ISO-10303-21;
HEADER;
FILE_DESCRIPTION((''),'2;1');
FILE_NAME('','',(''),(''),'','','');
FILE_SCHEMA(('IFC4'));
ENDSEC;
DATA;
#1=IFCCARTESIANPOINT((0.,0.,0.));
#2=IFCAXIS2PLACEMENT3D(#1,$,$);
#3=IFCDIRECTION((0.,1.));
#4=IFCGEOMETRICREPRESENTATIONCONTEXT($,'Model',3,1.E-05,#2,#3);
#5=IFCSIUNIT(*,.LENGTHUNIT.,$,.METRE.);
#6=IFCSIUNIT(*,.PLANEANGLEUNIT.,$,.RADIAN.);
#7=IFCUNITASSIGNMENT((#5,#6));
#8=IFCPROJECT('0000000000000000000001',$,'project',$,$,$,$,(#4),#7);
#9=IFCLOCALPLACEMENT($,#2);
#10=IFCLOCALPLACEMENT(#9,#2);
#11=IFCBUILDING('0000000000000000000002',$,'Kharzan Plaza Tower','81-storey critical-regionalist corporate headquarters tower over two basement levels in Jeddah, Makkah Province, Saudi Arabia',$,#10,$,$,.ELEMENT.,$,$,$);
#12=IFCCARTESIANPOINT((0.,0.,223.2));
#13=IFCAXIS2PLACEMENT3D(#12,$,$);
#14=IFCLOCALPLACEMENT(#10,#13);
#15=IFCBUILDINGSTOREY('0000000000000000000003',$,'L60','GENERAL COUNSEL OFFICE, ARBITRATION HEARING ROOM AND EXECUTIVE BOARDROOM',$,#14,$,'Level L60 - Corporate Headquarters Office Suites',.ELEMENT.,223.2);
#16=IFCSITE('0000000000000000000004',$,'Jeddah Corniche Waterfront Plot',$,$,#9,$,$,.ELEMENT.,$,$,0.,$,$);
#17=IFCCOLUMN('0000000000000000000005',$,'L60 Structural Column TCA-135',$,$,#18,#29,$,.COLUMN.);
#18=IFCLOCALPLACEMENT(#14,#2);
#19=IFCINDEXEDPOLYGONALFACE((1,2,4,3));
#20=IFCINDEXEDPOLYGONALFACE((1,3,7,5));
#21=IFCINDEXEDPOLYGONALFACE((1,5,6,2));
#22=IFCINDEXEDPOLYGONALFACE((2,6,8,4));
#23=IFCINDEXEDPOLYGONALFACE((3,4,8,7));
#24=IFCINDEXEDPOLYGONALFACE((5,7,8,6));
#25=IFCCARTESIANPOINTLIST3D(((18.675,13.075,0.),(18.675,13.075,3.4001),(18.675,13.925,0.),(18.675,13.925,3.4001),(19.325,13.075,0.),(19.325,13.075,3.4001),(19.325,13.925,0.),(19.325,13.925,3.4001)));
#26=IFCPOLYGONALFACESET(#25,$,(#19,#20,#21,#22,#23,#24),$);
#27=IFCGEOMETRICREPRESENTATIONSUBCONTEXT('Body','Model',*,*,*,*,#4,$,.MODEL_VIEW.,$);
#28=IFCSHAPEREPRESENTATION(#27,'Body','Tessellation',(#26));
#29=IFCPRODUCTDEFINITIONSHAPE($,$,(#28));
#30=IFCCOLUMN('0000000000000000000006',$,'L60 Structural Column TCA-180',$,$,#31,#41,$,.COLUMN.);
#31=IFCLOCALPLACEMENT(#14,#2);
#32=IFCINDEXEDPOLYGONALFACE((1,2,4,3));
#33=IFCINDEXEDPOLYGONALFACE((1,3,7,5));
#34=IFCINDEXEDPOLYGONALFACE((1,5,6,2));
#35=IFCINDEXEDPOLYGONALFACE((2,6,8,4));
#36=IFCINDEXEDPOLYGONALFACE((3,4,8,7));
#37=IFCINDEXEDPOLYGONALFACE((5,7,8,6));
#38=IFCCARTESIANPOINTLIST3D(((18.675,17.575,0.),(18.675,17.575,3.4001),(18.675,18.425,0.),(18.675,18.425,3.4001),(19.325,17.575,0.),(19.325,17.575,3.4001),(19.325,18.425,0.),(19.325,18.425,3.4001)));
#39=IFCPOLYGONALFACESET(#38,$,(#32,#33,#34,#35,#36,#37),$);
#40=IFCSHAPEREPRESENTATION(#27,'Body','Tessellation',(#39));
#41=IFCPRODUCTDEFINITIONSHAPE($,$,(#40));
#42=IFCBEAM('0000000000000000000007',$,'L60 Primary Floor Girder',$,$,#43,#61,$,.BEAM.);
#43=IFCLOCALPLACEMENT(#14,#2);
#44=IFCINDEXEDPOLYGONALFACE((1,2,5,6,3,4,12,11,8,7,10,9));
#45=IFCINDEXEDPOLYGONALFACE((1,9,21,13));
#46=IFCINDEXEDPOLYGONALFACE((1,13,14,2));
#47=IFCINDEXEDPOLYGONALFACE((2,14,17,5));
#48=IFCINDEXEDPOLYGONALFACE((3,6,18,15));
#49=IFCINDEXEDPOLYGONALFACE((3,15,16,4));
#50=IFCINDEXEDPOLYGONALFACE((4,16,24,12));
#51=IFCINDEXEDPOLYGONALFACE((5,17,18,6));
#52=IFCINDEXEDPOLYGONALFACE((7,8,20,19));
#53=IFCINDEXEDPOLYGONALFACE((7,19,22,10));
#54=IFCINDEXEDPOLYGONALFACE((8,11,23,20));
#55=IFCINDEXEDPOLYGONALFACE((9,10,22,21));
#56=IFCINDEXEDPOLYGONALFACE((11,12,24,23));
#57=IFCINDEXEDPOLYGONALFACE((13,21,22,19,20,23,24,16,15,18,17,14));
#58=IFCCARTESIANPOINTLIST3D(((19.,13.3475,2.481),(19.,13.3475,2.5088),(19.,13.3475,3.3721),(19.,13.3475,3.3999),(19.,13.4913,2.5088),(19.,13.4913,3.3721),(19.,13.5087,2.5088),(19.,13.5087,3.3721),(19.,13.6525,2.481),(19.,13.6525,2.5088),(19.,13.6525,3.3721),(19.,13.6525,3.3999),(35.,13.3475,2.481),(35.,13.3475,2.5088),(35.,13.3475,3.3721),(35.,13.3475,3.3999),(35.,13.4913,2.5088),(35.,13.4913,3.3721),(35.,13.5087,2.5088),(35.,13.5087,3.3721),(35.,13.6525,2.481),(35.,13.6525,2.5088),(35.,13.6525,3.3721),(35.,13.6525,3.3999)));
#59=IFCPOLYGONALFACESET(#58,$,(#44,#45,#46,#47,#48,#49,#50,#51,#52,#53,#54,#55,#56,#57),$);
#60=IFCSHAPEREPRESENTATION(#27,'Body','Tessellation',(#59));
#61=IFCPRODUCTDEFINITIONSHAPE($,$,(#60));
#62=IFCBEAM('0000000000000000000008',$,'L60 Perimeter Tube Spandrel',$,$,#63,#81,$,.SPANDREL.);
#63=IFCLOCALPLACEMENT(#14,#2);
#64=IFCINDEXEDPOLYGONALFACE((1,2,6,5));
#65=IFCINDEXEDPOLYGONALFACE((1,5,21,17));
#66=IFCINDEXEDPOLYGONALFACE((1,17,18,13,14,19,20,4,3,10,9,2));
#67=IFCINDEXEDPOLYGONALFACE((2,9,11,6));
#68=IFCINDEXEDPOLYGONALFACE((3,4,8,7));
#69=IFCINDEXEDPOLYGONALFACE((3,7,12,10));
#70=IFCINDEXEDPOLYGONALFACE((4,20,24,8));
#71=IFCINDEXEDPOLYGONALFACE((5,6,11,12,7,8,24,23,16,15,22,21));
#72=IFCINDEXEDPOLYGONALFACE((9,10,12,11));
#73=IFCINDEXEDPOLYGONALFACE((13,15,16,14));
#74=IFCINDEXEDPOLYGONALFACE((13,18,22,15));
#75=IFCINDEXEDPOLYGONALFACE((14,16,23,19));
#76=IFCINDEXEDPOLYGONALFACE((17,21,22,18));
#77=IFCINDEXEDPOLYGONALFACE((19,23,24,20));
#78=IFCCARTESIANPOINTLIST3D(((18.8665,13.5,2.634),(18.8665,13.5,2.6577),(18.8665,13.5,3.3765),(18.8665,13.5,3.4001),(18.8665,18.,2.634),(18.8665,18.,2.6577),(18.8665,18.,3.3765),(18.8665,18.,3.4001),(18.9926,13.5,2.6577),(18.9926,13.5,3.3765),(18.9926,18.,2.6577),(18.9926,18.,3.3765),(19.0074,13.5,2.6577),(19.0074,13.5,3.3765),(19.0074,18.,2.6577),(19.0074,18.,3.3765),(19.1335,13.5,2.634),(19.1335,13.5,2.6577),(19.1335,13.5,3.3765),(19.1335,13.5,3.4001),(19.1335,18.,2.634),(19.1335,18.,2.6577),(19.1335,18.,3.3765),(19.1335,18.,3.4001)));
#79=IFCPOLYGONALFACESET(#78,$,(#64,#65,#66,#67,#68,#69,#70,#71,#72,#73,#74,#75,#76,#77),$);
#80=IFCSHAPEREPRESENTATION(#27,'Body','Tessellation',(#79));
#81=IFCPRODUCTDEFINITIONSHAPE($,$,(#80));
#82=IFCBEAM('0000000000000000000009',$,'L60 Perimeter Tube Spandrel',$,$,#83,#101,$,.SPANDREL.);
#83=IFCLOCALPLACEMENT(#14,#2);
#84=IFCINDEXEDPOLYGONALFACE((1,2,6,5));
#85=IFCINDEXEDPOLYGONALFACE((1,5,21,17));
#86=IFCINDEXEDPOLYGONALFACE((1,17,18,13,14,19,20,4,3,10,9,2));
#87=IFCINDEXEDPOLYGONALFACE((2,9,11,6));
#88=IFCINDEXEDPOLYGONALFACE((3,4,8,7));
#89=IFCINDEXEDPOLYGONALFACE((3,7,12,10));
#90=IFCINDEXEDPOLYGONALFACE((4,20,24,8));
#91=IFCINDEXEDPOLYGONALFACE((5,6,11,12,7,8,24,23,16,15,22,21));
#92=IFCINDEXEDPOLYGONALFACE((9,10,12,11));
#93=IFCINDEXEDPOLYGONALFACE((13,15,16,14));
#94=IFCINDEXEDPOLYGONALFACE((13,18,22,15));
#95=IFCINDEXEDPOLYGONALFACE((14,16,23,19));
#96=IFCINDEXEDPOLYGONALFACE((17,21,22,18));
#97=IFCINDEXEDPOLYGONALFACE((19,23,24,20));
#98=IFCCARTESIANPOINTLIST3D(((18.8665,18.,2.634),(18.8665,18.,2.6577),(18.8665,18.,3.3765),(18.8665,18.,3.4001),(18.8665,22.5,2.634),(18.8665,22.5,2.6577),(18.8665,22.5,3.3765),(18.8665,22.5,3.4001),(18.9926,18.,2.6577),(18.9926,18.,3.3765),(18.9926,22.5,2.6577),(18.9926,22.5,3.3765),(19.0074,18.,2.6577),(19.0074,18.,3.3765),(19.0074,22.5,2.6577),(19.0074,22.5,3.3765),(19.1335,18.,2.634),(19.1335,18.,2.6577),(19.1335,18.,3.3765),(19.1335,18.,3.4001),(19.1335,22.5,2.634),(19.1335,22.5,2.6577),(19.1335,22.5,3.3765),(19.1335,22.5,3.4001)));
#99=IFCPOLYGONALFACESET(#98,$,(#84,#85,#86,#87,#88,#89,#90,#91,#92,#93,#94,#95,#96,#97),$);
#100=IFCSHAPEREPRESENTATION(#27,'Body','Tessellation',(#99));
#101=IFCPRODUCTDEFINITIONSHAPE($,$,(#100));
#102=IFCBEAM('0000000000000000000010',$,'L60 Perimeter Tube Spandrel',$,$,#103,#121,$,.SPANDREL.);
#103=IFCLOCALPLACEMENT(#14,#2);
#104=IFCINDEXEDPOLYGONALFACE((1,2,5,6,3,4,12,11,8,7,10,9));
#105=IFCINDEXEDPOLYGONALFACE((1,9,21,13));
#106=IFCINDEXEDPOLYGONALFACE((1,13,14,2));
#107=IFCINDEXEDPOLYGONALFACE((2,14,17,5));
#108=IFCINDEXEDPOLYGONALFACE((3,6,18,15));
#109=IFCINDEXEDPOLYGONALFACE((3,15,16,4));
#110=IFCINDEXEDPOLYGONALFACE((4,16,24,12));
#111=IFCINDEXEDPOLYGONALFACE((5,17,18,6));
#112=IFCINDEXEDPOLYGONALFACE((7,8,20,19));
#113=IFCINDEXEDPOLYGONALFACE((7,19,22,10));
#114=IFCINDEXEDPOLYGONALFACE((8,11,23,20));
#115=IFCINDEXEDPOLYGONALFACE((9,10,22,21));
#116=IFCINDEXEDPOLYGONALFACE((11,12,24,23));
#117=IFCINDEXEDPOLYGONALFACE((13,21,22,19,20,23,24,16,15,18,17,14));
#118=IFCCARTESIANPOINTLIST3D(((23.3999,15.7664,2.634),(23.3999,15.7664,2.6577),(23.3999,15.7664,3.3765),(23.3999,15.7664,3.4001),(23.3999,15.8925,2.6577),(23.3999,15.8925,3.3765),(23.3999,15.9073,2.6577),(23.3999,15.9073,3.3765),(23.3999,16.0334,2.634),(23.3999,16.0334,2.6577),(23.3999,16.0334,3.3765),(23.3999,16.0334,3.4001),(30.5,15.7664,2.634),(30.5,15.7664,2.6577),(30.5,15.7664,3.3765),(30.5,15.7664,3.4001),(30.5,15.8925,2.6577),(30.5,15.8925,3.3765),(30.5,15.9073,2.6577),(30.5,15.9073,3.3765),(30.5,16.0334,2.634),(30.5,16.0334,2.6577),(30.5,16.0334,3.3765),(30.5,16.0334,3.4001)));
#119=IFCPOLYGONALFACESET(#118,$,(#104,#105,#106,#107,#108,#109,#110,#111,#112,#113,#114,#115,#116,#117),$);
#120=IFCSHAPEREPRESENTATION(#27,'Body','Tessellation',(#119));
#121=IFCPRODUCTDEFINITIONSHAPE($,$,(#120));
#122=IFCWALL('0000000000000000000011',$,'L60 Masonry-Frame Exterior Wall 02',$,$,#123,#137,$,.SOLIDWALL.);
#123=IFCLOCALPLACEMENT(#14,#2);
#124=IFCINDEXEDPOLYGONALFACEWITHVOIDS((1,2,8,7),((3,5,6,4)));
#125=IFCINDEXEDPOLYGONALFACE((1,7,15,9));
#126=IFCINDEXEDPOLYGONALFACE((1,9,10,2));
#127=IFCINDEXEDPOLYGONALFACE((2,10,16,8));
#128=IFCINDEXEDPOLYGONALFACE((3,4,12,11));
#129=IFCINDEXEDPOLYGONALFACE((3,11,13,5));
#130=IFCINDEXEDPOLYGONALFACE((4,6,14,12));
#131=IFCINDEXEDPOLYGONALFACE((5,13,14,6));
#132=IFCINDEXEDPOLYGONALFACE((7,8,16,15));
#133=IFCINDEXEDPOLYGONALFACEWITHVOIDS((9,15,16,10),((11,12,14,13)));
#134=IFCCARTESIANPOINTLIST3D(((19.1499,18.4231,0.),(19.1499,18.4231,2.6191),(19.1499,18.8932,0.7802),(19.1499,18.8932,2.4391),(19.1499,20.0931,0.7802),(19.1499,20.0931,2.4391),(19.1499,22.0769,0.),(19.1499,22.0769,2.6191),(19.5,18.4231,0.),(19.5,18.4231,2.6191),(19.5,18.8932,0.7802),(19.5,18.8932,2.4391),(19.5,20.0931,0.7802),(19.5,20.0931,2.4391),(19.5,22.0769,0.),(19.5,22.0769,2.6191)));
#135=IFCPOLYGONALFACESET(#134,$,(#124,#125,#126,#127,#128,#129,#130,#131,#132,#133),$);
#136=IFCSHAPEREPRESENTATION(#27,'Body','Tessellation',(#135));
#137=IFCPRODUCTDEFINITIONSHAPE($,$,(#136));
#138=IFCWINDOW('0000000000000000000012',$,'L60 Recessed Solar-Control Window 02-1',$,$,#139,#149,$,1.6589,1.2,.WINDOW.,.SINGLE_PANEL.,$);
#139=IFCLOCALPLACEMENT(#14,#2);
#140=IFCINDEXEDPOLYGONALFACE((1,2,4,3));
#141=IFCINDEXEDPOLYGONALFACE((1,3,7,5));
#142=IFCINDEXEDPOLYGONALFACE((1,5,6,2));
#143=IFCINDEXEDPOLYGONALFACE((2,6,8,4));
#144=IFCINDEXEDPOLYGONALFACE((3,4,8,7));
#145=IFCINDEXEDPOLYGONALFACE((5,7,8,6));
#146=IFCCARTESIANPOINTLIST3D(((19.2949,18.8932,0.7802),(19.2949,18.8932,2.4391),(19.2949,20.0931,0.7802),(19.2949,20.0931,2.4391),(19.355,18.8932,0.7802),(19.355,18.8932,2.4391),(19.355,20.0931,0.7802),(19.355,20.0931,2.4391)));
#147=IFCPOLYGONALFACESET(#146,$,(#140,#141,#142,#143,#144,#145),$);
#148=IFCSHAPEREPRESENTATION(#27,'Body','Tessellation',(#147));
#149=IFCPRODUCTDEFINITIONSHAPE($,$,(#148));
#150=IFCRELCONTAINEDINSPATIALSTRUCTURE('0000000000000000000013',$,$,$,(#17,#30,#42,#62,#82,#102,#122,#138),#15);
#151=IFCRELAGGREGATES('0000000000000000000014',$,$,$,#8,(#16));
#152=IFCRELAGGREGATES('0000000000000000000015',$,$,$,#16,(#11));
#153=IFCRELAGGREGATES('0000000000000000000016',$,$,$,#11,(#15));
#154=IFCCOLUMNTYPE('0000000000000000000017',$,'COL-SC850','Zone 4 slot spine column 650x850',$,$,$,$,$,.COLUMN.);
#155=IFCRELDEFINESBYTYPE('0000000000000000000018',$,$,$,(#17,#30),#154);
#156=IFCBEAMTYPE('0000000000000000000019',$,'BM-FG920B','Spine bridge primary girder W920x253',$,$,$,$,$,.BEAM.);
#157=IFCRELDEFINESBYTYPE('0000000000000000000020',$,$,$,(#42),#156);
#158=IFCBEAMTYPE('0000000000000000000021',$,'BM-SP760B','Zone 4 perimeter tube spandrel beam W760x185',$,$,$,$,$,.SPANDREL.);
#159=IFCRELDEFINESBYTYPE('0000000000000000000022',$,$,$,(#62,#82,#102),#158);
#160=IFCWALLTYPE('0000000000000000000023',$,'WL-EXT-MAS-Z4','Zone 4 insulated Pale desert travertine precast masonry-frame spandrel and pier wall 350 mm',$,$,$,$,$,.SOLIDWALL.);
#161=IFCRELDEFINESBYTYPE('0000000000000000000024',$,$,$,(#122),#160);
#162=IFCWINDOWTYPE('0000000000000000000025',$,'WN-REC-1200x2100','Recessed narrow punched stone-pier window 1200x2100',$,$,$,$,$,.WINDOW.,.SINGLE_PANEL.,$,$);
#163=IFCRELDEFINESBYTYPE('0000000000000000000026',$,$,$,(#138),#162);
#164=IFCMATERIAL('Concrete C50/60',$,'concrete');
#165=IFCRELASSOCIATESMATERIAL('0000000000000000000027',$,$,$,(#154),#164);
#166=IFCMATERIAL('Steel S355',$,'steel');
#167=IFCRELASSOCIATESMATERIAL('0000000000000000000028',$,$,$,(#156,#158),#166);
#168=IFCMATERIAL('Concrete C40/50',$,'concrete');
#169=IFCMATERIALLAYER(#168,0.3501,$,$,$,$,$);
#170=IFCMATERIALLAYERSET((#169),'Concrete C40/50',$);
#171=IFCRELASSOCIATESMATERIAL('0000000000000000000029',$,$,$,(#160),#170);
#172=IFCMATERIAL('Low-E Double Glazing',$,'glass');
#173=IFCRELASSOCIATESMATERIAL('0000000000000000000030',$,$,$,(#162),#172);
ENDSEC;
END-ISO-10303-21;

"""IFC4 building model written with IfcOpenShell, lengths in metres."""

from ifc_helpers import new_model, si_unit, direction, frame, frame_2d, origin, origin_2d, place, context, subcontext, project, spatial, rectangle, i_section, extrude, source, transform, mapped, material, layer, layer_set, material_profile, profile_set, type_object, element, fill, save


model = new_model("IFC4")

# Units and contexts
model_context = context("Model", 3, precision=1e-05, world=origin(), true_north=direction((0.0, 1.0)))
body_context = subcontext(model_context, "Body", "Model", "MODEL_VIEW")
ifc_project = project(units=[si_unit("LENGTHUNIT", "METRE"), si_unit("PLANEANGLEUNIT", "RADIAN")], contexts=[model_context])

# Site, building, storey
site_placement = place(None, origin())
site = spatial("IfcSite", under=ifc_project, at=site_placement, Name="Jeddah Corniche Waterfront Plot", CompositionType="ELEMENT", RefElevation=0.0)
building_placement = place(site_placement, origin())
building = spatial("IfcBuilding", under=site, at=building_placement, Name="Kharzan Plaza Tower", Description="81-storey critical-regionalist corporate headquarters tower over two basement levels in Jeddah, Makkah Province, Saudi Arabia", CompositionType="ELEMENT")
storey_placement = place(building_placement, frame((0.0, 0.0, 223.2)))
storey = spatial("IfcBuildingStorey", under=building, at=storey_placement, Name="L60", Description="GENERAL COUNSEL OFFICE, ARBITRATION HEARING ROOM AND EXECUTIVE BOARDROOM", LongName="Level L60 - Corporate Headquarters Office Suites", CompositionType="ELEMENT", Elevation=223.2)

# Columns
ifc_material_1 = material(Name="Concrete C50/60", Category="concrete")
ifc_material_profile_1 = material_profile(ifc_material_1, rectangle(XDim=0.6499, YDim=0.8501, at=origin_2d()), Name="RC-SC850x650")
ifc_profile_set_1 = profile_set([ifc_material_profile_1], Name="Concrete C50/60")
column_type = type_object("IfcColumnType", Name="COL-SC850", Description="Zone 4 slot spine column 650x850", PredefinedType="COLUMN", material=ifc_profile_set_1)
shared_shape_1 = source(origin(), body_context, "Body", "SweptSolid", [
    extrude(rectangle(XDim=0.6499, YDim=0.8501, at=origin_2d()), origin(), (0.0, 0.0, 1.0), 3.4001),
])
for number, where, z_axis, x_axis, name in (
    (1, (19.0, 13.5, 0.0), (0.0, 0.0, 1.0), (1.0, 0.0, 0.0), "L60 Structural Column TCA-135"),
    (2, (19.0, 18.0, 0.0), (0.0, 0.0, 1.0), (1.0, 0.0, 0.0), "L60 Structural Column TCA-180"),
):
    element("IfcColumn", number, at=place(storey_placement, frame(where, z_axis=z_axis, x_axis=x_axis)), inside=storey, type_object=column_type, Name=name, PredefinedType="COLUMN", context=body_context, shape_type="MappedRepresentation", body=[
        mapped(shared_shape_1, transform((0.0, 0.0, 0.0), x_axis=(1.0, 0.0, 0.0), y_axis=(0.0, 1.0, 0.0), z_axis=(0.0, 0.0, 1.0))),
    ])

# Beams
ifc_material_2 = material(Name="Steel S355", Category="steel")
ifc_material_profile_2 = material_profile(ifc_material_2, i_section(OverallWidth=0.3049, OverallDepth=0.9189, WebThickness=0.0173, FlangeThickness=0.0278, at=origin_2d()), Name="W920x253")
ifc_profile_set_2 = profile_set([ifc_material_profile_2], Name="Steel S355")
beam_type_1 = type_object("IfcBeamType", Name="BM-FG920B", Description="Spine bridge primary girder W920x253", PredefinedType="BEAM", material=ifc_profile_set_2)
shared_shape_2 = source(origin(), body_context, "Body", "SweptSolid", [
    extrude(i_section(OverallWidth=0.3049, OverallDepth=0.9189, WebThickness=0.0173, FlangeThickness=0.0278, at=origin_2d()), origin(), (0.0, 0.0, 1.0), 16.0),
])
beam_1_placement = place(storey_placement, frame((19.0, 13.5, 2.9404), z_axis=(1.0, 0.0, 0.0), x_axis=(0.0, 1.0, 0.0)))
element("IfcBeam", 3, at=beam_1_placement, inside=storey, type_object=beam_type_1, Name="L60 Primary Floor Girder", PredefinedType="BEAM", context=body_context, shape_type="MappedRepresentation", body=[
    mapped(shared_shape_2, transform((0.0, 0.0, 0.0), x_axis=(1.0, 0.0, 0.0), y_axis=(0.0, 1.0, 0.0), z_axis=(0.0, 0.0, 1.0))),
])
ifc_material_profile_3 = material_profile(ifc_material_2, i_section(OverallWidth=0.2671, OverallDepth=0.7661, WebThickness=0.0149, FlangeThickness=0.0237, at=origin_2d()), Name="W760x185")
ifc_profile_set_3 = profile_set([ifc_material_profile_3], Name="Steel S355")
beam_type_2 = type_object("IfcBeamType", Name="BM-SP760B", Description="Zone 4 perimeter tube spandrel beam W760x185", PredefinedType="SPANDREL", material=ifc_profile_set_3)
shared_shape_3 = source(origin(), body_context, "Body", "SweptSolid", [
    extrude(i_section(OverallWidth=0.2671, OverallDepth=0.7661, WebThickness=0.0149, FlangeThickness=0.0237, at=origin_2d()), origin(), (0.0, 0.0, 1.0), 4.5),
])
for number, where, z_axis, x_axis, name in (
    (4, (19.0, 13.5, 3.0171), (0.0, 1.0, 0.0), (-1.0, 0.0, 0.0), "L60 Perimeter Tube Spandrel"),
    (5, (19.0, 18.0, 3.0171), (0.0, 1.0, 0.0), (-1.0, 0.0, 0.0), "L60 Perimeter Tube Spandrel"),
):
    element("IfcBeam", number, at=place(storey_placement, frame(where, z_axis=z_axis, x_axis=x_axis)), inside=storey, type_object=beam_type_2, Name=name, PredefinedType="SPANDREL", context=body_context, shape_type="MappedRepresentation", body=[
        mapped(shared_shape_3, transform((0.0, 0.0, 0.0), x_axis=(1.0, 0.0, 0.0), y_axis=(0.0, 1.0, 0.0), z_axis=(0.0, 0.0, 1.0))),
    ])
shared_shape_4 = source(origin(), body_context, "Body", "SweptSolid", [
    extrude(i_section(OverallWidth=0.2671, OverallDepth=0.7661, WebThickness=0.0149, FlangeThickness=0.0237, at=origin_2d()), origin(), (0.0, 0.0, 1.0), 7.1001),
])
beam_2_placement = place(storey_placement, frame((23.3999, 15.8999, 3.0171), z_axis=(1.0, 0.0, 0.0), x_axis=(0.0, 1.0, 0.0)))
element("IfcBeam", 6, at=beam_2_placement, inside=storey, type_object=beam_type_2, Name="L60 Perimeter Tube Spandrel", PredefinedType="SPANDREL", context=body_context, shape_type="MappedRepresentation", body=[
    mapped(shared_shape_4, transform((0.0, 0.0, 0.0), x_axis=(1.0, 0.0, 0.0), y_axis=(0.0, 1.0, 0.0), z_axis=(0.0, 0.0, 1.0))),
])

# Wall, opening, window
ifc_material_3 = material(Name="Concrete C40/50", Category="concrete")
ifc_layer_1 = layer(ifc_material_3, 0.3501)
ifc_layer_set_1 = layer_set([ifc_layer_1], Name="Concrete C40/50")
wall_type_1 = type_object("IfcWallType", Name="WL-EXT-MAS-Z4", Description="Zone 4 insulated Pale desert travertine precast masonry-frame spandrel and pier wall 350 mm", PredefinedType="SOLIDWALL", material=ifc_layer_set_1)
wall_1_placement = place(storey_placement, frame((19.325, 18.4231, 0.0), z_axis=(0.0, 0.0, 1.0), x_axis=(0.0, 1.0, 0.0)))
wall_1 = element("IfcWall", 7, at=wall_1_placement, inside=storey, type_object=wall_type_1, Name="L60 Masonry-Frame Exterior Wall 02", PredefinedType="SOLIDWALL", context=body_context, shape_type="SweptSolid", body=[
    extrude(rectangle(XDim=3.6538, YDim=0.3501, at=frame_2d((1.8269, 0.0))), origin(), (0.0, 0.0, 1.0), 2.6191),
])
opening_1_placement = place(wall_1_placement, frame((0.47, 0.0, 0.78)))
opening_1 = element("IfcOpeningElement", 8, at=opening_1_placement, cuts=wall_1, PredefinedType="OPENING", context=body_context, shape_type="SweptSolid", body=[
    extrude(rectangle(XDim=1.2, YDim=1.6589, at=frame_2d((0.6001, 0.8296))), frame((0.0, 0.1851, 0.0), z_axis=(0.0, -1.0, 0.0), x_axis=(1.0, 0.0, 0.0)), (0.0, 0.0, 1.0), 0.3701),
])
ifc_material_4 = material(Name="Low-E Double Glazing", Category="glass")
window_type_1 = type_object("IfcWindowType", Name="WN-REC-1200x2100", Description="Recessed narrow punched stone-pier window 1200x2100", PartitioningType="SINGLE_PANEL", PredefinedType="WINDOW", material=ifc_material_4)
shared_shape_5 = source(origin(), body_context, "Body", "SweptSolid", [
    extrude(rectangle(XDim=1.2, YDim=1.6589, at=frame_2d((0.6001, 0.8296))), frame((0.0, 0.03, 0.0), z_axis=(0.0, -1.0, 0.0), x_axis=(1.0, 0.0, 0.0)), (0.0, 0.0, 1.0), 0.0601),
])
window_1_placement = place(opening_1_placement, origin())
window_1 = element("IfcWindow", 9, at=window_1_placement, inside=storey, type_object=window_type_1, Name="L60 Recessed Solar-Control Window 02-1", OverallHeight=1.6589, OverallWidth=1.2, PartitioningType="SINGLE_PANEL", PredefinedType="WINDOW", context=body_context, shape_type="MappedRepresentation", body=[
    mapped(shared_shape_5, transform((0.0, 0.0, 0.0), x_axis=(1.0, 0.0, 0.0), y_axis=(0.0, 1.0, 0.0), z_axis=(0.0, 0.0, 1.0))),
])
fill(opening_1, window_1)

save(model, "model.ifc")
